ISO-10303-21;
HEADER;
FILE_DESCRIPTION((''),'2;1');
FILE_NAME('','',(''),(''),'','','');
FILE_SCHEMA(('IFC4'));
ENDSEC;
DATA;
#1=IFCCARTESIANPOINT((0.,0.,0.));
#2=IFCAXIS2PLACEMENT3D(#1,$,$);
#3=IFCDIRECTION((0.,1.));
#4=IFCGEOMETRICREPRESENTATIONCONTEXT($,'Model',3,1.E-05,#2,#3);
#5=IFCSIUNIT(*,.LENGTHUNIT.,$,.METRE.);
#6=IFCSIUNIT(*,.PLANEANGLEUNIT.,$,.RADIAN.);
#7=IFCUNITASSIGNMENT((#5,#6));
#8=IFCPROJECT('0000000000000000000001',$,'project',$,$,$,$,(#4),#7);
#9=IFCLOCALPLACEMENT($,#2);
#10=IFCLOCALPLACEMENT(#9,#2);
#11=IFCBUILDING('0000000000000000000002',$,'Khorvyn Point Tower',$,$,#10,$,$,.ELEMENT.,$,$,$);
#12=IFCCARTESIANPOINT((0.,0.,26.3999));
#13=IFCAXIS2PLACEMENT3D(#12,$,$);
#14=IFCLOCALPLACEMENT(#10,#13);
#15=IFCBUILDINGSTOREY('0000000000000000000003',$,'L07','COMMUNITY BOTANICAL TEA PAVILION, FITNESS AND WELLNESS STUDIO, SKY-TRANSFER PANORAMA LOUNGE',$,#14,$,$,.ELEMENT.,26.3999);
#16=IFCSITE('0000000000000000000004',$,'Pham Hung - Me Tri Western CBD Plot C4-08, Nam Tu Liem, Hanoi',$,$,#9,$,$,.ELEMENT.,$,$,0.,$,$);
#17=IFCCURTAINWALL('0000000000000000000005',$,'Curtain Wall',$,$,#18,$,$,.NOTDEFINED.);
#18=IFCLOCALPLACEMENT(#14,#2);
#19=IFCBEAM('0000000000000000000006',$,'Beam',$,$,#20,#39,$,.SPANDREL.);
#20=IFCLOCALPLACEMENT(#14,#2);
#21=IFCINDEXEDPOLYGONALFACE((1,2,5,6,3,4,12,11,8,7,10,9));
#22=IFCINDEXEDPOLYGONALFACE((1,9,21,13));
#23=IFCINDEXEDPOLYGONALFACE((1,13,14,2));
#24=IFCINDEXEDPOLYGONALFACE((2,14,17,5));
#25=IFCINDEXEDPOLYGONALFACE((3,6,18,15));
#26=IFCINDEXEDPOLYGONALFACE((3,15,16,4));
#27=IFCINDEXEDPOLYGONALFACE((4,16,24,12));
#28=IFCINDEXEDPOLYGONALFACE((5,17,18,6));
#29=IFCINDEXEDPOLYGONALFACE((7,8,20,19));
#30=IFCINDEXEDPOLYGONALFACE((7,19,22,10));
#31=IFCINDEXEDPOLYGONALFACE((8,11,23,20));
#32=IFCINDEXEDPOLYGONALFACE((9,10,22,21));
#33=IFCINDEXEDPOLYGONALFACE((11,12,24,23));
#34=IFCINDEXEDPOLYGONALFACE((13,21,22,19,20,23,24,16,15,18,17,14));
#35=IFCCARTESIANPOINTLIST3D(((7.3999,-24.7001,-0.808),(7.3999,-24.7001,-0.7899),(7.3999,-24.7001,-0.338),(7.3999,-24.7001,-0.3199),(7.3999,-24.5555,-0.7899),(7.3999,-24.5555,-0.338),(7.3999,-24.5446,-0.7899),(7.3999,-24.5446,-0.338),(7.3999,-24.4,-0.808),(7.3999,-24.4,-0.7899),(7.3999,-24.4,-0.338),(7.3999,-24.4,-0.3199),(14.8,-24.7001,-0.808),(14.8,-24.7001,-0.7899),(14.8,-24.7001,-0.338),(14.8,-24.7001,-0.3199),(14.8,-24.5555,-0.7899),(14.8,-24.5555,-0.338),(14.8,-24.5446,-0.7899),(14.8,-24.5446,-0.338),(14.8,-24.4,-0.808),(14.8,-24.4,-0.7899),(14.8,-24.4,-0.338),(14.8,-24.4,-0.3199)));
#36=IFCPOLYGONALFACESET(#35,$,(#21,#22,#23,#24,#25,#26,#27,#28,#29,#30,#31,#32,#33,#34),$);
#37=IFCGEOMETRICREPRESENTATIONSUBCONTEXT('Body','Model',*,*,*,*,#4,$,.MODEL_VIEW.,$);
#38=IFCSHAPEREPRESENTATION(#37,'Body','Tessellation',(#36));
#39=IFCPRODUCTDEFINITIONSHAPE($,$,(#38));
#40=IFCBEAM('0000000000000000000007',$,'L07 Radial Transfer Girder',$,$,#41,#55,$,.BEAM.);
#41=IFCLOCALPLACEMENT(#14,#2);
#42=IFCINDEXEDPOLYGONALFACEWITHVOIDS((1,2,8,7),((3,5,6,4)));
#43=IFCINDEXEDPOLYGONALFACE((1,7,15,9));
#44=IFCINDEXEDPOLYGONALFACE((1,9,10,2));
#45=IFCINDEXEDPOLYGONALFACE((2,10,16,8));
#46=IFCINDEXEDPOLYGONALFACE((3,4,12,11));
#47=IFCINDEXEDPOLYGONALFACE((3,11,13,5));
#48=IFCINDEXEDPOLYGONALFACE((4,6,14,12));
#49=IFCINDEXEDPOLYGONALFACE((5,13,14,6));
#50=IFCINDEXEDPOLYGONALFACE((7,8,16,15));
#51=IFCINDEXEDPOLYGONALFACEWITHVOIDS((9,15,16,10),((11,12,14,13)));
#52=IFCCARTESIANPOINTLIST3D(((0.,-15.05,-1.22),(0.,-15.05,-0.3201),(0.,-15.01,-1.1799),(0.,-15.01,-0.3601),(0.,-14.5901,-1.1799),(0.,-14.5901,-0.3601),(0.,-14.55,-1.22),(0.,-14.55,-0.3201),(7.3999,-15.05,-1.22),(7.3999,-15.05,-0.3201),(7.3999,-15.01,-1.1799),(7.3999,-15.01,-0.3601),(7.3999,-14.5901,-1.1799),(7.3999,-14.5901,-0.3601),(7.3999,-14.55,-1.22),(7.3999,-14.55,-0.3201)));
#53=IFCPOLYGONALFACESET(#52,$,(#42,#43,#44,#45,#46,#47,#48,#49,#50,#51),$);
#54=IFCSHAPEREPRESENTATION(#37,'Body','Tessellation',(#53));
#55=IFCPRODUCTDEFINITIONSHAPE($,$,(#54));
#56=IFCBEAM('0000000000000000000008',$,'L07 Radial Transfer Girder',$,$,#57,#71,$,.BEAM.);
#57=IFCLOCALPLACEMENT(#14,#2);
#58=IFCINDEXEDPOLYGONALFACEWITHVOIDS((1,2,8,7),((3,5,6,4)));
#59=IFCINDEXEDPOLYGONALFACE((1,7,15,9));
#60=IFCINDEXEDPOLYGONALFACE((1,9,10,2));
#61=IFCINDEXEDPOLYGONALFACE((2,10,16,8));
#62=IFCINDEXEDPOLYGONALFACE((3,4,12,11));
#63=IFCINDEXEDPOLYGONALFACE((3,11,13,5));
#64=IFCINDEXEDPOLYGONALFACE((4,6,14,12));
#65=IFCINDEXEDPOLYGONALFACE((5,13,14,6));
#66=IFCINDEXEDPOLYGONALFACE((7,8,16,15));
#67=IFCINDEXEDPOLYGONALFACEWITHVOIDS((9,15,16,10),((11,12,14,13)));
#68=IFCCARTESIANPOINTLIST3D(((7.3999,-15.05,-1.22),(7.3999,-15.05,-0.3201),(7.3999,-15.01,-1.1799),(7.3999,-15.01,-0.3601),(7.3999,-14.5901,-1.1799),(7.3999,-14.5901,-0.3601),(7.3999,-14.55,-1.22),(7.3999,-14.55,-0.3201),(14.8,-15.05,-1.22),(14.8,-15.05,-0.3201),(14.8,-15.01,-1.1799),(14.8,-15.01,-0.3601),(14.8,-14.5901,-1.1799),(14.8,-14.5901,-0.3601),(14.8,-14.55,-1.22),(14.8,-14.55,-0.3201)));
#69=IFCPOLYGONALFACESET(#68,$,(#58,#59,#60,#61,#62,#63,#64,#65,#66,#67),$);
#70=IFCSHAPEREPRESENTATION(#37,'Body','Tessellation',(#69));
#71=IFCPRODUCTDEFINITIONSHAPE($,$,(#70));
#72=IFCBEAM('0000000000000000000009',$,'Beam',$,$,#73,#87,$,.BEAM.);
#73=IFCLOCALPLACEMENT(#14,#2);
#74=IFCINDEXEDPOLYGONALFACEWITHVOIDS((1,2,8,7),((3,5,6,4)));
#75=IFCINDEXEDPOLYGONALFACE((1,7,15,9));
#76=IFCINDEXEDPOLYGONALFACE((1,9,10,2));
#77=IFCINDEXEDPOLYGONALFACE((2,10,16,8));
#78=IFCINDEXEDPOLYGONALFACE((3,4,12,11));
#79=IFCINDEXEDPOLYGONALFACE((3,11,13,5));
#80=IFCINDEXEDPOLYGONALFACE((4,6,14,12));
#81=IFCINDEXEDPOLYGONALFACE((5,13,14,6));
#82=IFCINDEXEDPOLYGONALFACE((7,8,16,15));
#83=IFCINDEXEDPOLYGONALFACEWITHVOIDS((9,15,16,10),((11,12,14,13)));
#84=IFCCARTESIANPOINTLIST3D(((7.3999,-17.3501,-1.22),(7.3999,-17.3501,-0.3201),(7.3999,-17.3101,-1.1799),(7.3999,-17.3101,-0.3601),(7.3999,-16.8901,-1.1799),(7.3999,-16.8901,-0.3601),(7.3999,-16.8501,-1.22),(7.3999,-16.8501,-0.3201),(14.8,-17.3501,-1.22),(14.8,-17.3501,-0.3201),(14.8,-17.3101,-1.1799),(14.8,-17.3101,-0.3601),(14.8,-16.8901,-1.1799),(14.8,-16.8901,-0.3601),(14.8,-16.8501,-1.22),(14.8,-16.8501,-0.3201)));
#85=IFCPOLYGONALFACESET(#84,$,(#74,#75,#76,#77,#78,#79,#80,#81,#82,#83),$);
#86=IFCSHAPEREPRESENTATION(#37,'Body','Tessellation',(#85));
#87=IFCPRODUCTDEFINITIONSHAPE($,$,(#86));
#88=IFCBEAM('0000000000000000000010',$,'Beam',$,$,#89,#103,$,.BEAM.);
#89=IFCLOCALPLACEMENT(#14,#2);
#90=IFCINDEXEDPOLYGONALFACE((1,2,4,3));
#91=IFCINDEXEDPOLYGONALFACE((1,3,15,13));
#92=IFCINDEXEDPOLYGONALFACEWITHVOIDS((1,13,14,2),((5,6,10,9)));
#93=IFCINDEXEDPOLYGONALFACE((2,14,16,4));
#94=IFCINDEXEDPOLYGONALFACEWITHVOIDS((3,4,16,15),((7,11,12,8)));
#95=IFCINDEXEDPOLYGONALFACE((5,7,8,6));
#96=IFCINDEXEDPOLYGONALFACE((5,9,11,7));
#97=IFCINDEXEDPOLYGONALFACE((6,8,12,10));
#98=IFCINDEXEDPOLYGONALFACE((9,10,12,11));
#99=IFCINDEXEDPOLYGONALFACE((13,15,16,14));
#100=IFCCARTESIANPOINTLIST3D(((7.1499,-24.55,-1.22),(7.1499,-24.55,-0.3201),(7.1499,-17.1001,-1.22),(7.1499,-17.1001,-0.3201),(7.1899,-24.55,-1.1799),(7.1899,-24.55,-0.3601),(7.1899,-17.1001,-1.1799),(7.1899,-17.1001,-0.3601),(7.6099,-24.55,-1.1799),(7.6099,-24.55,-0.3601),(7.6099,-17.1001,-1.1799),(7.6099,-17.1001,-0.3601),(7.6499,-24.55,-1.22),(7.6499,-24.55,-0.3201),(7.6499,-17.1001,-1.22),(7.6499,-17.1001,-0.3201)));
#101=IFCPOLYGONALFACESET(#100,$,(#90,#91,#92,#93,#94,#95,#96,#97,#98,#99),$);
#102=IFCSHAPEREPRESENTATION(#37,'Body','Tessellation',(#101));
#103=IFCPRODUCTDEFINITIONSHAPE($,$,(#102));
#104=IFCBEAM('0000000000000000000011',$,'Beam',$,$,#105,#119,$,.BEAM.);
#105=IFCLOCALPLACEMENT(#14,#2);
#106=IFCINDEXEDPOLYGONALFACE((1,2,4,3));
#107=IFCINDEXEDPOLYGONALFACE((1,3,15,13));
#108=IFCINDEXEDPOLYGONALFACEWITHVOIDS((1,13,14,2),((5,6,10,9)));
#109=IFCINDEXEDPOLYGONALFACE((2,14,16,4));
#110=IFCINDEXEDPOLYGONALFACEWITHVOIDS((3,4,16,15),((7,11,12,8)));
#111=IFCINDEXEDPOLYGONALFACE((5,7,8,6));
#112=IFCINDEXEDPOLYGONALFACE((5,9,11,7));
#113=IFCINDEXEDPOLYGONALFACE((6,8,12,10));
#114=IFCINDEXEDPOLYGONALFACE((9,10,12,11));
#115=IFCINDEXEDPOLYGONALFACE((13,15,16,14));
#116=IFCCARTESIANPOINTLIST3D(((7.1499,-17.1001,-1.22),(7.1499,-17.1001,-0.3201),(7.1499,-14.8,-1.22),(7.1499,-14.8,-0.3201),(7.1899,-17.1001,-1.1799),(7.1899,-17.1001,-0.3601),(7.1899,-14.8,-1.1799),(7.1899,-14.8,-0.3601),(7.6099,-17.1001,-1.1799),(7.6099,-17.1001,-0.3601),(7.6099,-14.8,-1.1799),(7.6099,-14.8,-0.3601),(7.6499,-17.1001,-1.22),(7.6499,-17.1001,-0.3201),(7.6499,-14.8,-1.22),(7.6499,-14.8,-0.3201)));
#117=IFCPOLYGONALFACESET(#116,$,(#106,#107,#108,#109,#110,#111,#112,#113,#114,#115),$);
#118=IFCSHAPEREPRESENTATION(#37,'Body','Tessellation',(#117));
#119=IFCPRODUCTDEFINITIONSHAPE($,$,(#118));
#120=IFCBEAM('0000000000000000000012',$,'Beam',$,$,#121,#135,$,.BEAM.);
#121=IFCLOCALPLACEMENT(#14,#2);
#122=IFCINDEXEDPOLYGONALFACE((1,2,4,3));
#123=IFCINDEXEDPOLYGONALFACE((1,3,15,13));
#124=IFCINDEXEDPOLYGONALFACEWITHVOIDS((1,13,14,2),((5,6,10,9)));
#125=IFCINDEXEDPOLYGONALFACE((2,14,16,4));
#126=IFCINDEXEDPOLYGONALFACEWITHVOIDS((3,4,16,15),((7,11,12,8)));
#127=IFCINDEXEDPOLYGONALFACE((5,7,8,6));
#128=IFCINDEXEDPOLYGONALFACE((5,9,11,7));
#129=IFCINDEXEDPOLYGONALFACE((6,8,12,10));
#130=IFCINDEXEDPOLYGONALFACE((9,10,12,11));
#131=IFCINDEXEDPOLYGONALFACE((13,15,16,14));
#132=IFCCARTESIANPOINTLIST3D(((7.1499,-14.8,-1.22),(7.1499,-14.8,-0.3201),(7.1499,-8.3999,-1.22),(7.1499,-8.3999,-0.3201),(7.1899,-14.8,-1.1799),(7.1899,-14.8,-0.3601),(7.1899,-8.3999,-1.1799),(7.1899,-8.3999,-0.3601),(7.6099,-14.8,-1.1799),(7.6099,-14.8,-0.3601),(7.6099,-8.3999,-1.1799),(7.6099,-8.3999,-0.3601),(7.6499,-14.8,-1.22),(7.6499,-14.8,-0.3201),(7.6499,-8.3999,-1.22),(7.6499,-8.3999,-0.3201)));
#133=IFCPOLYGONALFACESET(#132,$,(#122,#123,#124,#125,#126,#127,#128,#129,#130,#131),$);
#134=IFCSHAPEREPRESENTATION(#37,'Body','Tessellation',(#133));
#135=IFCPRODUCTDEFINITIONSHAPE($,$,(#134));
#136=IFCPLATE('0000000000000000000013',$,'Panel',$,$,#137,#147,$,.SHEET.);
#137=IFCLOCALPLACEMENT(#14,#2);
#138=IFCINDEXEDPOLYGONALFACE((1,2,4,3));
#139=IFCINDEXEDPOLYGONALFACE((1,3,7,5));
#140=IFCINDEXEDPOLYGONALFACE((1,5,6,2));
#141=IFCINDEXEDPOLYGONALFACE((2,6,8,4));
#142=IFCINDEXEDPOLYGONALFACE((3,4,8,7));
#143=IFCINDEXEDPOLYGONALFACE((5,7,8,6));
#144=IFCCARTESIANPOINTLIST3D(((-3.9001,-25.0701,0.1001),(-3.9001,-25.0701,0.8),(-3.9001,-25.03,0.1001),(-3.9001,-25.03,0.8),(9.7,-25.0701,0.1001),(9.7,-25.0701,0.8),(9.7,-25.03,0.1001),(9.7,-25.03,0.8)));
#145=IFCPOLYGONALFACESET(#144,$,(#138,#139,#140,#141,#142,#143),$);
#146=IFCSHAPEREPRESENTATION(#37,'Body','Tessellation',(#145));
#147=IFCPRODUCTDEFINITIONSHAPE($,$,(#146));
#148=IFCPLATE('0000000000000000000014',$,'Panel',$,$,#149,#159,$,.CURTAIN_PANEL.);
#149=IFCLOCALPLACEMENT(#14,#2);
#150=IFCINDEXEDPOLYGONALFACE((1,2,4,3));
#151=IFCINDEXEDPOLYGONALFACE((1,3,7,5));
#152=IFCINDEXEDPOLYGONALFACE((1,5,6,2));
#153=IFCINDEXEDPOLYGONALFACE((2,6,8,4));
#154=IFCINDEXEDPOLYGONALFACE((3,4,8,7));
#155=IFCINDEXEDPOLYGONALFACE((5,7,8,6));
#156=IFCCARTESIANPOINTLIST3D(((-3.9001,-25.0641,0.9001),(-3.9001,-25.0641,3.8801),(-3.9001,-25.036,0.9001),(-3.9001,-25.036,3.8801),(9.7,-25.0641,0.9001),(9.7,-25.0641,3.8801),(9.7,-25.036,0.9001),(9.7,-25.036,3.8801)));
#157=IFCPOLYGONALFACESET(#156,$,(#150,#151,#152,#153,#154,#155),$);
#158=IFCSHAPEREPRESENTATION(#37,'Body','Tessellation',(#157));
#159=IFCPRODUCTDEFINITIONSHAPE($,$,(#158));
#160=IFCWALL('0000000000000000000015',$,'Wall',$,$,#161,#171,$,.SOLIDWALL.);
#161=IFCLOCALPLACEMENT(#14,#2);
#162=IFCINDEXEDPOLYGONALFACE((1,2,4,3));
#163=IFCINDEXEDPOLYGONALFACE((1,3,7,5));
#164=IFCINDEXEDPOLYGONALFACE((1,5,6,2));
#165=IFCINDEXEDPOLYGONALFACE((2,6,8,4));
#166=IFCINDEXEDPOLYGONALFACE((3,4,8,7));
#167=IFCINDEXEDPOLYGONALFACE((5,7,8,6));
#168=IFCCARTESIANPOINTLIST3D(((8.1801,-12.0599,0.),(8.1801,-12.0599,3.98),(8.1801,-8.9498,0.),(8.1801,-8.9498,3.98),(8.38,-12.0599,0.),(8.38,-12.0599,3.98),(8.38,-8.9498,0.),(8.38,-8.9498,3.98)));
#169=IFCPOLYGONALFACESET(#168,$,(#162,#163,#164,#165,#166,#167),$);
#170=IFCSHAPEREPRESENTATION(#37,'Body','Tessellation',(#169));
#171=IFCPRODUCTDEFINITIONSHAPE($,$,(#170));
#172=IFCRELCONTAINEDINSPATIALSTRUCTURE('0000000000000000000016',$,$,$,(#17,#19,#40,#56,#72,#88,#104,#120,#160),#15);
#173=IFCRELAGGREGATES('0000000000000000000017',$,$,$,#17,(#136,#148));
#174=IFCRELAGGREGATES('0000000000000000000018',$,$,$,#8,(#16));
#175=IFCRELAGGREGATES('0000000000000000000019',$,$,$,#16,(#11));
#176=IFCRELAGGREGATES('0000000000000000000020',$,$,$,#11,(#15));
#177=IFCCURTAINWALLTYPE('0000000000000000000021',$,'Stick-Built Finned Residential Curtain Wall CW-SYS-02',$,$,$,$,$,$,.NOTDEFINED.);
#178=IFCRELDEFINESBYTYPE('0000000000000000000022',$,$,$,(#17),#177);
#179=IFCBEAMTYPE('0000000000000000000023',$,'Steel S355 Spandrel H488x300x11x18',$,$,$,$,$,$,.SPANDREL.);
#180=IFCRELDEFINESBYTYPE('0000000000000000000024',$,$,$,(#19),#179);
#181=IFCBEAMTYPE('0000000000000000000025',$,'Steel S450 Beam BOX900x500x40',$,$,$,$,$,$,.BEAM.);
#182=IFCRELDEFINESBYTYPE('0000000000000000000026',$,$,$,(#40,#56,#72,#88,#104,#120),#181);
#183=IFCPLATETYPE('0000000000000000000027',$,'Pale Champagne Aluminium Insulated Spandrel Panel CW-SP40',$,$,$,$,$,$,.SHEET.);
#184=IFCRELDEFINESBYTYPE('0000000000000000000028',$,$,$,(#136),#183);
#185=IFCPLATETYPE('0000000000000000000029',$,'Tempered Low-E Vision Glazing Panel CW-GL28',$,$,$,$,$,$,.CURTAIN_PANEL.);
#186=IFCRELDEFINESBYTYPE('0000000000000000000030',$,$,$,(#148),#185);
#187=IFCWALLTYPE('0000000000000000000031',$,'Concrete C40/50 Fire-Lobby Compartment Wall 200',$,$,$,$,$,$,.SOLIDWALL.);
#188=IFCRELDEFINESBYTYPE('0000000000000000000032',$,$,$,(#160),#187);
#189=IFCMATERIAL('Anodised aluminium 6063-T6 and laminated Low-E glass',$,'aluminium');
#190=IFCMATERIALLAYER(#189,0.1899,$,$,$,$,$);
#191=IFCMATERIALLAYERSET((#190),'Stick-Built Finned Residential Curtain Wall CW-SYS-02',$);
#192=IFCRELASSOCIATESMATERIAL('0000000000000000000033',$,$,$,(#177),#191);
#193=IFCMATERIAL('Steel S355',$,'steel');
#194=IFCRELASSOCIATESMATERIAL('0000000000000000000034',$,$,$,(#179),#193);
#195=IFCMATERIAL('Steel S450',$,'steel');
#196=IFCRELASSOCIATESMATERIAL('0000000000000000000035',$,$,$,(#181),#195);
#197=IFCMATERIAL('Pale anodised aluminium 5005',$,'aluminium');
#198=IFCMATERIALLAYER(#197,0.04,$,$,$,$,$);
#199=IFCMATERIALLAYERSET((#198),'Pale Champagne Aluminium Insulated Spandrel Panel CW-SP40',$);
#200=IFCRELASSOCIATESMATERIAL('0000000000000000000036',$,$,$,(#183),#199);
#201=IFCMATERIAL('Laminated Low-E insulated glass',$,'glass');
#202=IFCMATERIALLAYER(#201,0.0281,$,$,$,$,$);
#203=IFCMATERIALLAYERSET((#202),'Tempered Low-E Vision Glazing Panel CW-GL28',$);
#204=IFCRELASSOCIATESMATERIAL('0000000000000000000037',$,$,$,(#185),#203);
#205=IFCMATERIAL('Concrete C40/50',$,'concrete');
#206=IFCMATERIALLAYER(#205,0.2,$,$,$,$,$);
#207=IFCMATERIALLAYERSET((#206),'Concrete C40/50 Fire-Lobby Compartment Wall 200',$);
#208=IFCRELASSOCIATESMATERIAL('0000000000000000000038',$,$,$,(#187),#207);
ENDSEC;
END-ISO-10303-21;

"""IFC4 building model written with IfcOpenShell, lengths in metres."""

from ifc_helpers import new_model, si_unit, direction, frame, frame_2d, origin, origin_2d, place, context, subcontext, project, spatial, rectangle, hollow_rectangle, i_section, extrude, material, layer, layer_set, material_profile, profile_set, type_object, element, aggregate, save


model = new_model("IFC4")

# Units and contexts
model_context = context("Model", 3, precision=1e-05, world=origin(), true_north=direction((0.0, 1.0)))
body_context = subcontext(model_context, "Body", "Model", "MODEL_VIEW")
ifc_project = project(units=[si_unit("LENGTHUNIT", "METRE"), si_unit("PLANEANGLEUNIT", "RADIAN")], contexts=[model_context])

# Site, building, storey
site_placement = place(None, origin())
site = spatial("IfcSite", under=ifc_project, at=site_placement, Name="Pham Hung - Me Tri Western CBD Plot C4-08, Nam Tu Liem, Hanoi", CompositionType="ELEMENT", RefElevation=0.0)
building_placement = place(site_placement, origin())
building = spatial("IfcBuilding", under=site, at=building_placement, Name="Khorvyn Point Tower", CompositionType="ELEMENT")
storey_placement = place(building_placement, frame((0.0, 0.0, 26.3999)))
storey = spatial("IfcBuildingStorey", under=building, at=storey_placement, Name="L07", Description="COMMUNITY BOTANICAL TEA PAVILION, FITNESS AND WELLNESS STUDIO, SKY-TRANSFER PANORAMA LOUNGE", CompositionType="ELEMENT", Elevation=26.3999)

# Shared definitions
ifc_material_1 = material(Name="Steel S450", Category="steel")

# Curtain wall
ifc_material_2 = material(Name="Anodised aluminium 6063-T6 and laminated Low-E glass", Category="aluminium")
ifc_layer_1 = layer(ifc_material_2, 0.1899)
ifc_layer_set_1 = layer_set([ifc_layer_1], Name="Stick-Built Finned Residential Curtain Wall CW-SYS-02")
curtain_wall_type = type_object("IfcCurtainWallType", Name="Stick-Built Finned Residential Curtain Wall CW-SYS-02", PredefinedType="NOTDEFINED", material=ifc_layer_set_1)
curtain_wall_placement = place(storey_placement, origin())
curtain_wall = element("IfcCurtainWall", 1, at=curtain_wall_placement, inside=storey, type_object=curtain_wall_type, Name="Curtain Wall", PredefinedType="NOTDEFINED")

# Beams
ifc_material_3 = material(Name="Steel S355", Category="steel")
ifc_material_profile_1 = material_profile(ifc_material_3, i_section(OverallWidth=0.3, OverallDepth=0.488, WebThickness=0.011, FlangeThickness=0.0181, at=origin_2d()))
ifc_profile_set_1 = profile_set([ifc_material_profile_1], Name="Steel S355 H488x300x11x18")
beam_type_1 = type_object("IfcBeamType", Name="Steel S355 Spandrel H488x300x11x18", PredefinedType="SPANDREL", material=ifc_profile_set_1)
beam_1_placement = place(storey_placement, frame((7.3999, -24.55, -0.564), z_axis=(1.0, 0.0, 0.0), x_axis=(0.0, 1.0, 0.0)))
element("IfcBeam", 2, at=beam_1_placement, inside=storey, type_object=beam_type_1, Name="Beam", PredefinedType="SPANDREL", context=body_context, shape_type="SweptSolid", body=[
    extrude(i_section(OverallWidth=0.3, OverallDepth=0.488, WebThickness=0.011, FlangeThickness=0.0181, at=origin_2d()), origin(), (0.0, 0.0, 1.0), 7.4001),
])
ifc_material_profile_2 = material_profile(ifc_material_1, hollow_rectangle(XDim=0.5, YDim=0.8999, WallThickness=0.04, at=origin_2d()))
ifc_profile_set_2 = profile_set([ifc_material_profile_2], Name="Steel S450 BOX900x500x40")
beam_type_2 = type_object("IfcBeamType", Name="Steel S450 Beam BOX900x500x40", PredefinedType="BEAM", material=ifc_profile_set_2)
beam_2_placement = place(storey_placement, frame((0.0, -14.8, -0.77), z_axis=(1.0, 0.0, 0.0), x_axis=(0.0, 1.0, 0.0)))
element("IfcBeam", 3, at=beam_2_placement, inside=storey, type_object=beam_type_2, Name="L07 Radial Transfer Girder", PredefinedType="BEAM", context=body_context, shape_type="SweptSolid", body=[
    extrude(hollow_rectangle(XDim=0.5, YDim=0.8999, WallThickness=0.04, at=origin_2d()), origin(), (0.0, 0.0, 1.0), 7.3999),
])
for number, where, z_axis, x_axis, name in (
    (4, (7.3999, -14.8, -0.77), (1.0, 0.0, 0.0), (0.0, 1.0, 0.0), "L07 Radial Transfer Girder"),
    (5, (7.3999, -17.1001, -0.77), (1.0, 0.0, 0.0), (0.0, 1.0, 0.0), "Beam"),
):
    element("IfcBeam", number, at=place(storey_placement, frame(where, z_axis=z_axis, x_axis=x_axis)), inside=storey, type_object=beam_type_2, Name=name, PredefinedType="BEAM", context=body_context, shape_type="SweptSolid", body=[
        extrude(hollow_rectangle(XDim=0.5, YDim=0.8999, WallThickness=0.04, at=origin_2d()), origin(), (0.0, 0.0, 1.0), 7.4001),
    ])
beam_3_placement = place(storey_placement, frame((7.3999, -24.55, -0.77), z_axis=(0.0, 1.0, 0.0), x_axis=(-1.0, 0.0, 0.0)))
element("IfcBeam", 6, at=beam_3_placement, inside=storey, type_object=beam_type_2, Name="Beam", PredefinedType="BEAM", context=body_context, shape_type="SweptSolid", body=[
    extrude(hollow_rectangle(XDim=0.5, YDim=0.8999, WallThickness=0.04, at=origin_2d()), origin(), (0.0, 0.0, 1.0), 7.45),
])
beam_4_placement = place(storey_placement, frame((7.3999, -17.1001, -0.77), z_axis=(0.0, 1.0, 0.0), x_axis=(-1.0, 0.0, 0.0)))
element("IfcBeam", 7, at=beam_4_placement, inside=storey, type_object=beam_type_2, Name="Beam", PredefinedType="BEAM", context=body_context, shape_type="SweptSolid", body=[
    extrude(hollow_rectangle(XDim=0.5, YDim=0.8999, WallThickness=0.04, at=origin_2d()), origin(), (0.0, 0.0, 1.0), 2.3),
])
beam_5_placement = place(storey_placement, frame((7.3999, -14.8, -0.77), z_axis=(0.0, 1.0, 0.0), x_axis=(-1.0, 0.0, 0.0)))
element("IfcBeam", 8, at=beam_5_placement, inside=storey, type_object=beam_type_2, Name="Beam", PredefinedType="BEAM", context=body_context, shape_type="SweptSolid", body=[
    extrude(hollow_rectangle(XDim=0.5, YDim=0.8999, WallThickness=0.04, at=origin_2d()), origin(), (0.0, 0.0, 1.0), 6.4001),
])

# Plates
ifc_material_4 = material(Name="Pale anodised aluminium 5005", Category="aluminium")
ifc_layer_2 = layer(ifc_material_4, 0.04)
ifc_layer_set_2 = layer_set([ifc_layer_2], Name="Pale Champagne Aluminium Insulated Spandrel Panel CW-SP40")
plate_type_1 = type_object("IfcPlateType", Name="Pale Champagne Aluminium Insulated Spandrel Panel CW-SP40", PredefinedType="SHEET", material=ifc_layer_set_2)
plate_1_placement = place(storey_placement, frame((2.8999, -25.05, 0.1001), z_axis=(0.0, 0.0, 1.0), x_axis=(-1.0, 0.0, 0.0)))
plate_1 = element("IfcPlate", 9, at=plate_1_placement, type_object=plate_type_1, Name="Panel", PredefinedType="SHEET", context=body_context, shape_type="SweptSolid", body=[
    extrude(rectangle(XDim=13.6001, YDim=0.04, at=origin_2d()), origin(), (0.0, 0.0, 1.0), 0.7),
])
ifc_material_5 = material(Name="Laminated Low-E insulated glass", Category="glass")
ifc_layer_3 = layer(ifc_material_5, 0.0281)
ifc_layer_set_3 = layer_set([ifc_layer_3], Name="Tempered Low-E Vision Glazing Panel CW-GL28")
plate_type_2 = type_object("IfcPlateType", Name="Tempered Low-E Vision Glazing Panel CW-GL28", PredefinedType="CURTAIN_PANEL", material=ifc_layer_set_3)
plate_2_placement = place(storey_placement, frame((2.8999, -25.05, 0.9001), z_axis=(0.0, 0.0, 1.0), x_axis=(-1.0, 0.0, 0.0)))
plate_2 = element("IfcPlate", 10, at=plate_2_placement, type_object=plate_type_2, Name="Panel", PredefinedType="CURTAIN_PANEL", context=body_context, shape_type="SweptSolid", body=[
    extrude(rectangle(XDim=13.6001, YDim=0.0281, at=origin_2d()), origin(), (0.0, 0.0, 1.0), 2.98),
])
aggregate(curtain_wall, [plate_1, plate_2])

# Shared definitions
ifc_material_6 = material(Name="Concrete C40/50", Category="concrete")
ifc_layer_4 = layer(ifc_material_6, 0.2)
ifc_layer_set_4 = layer_set([ifc_layer_4], Name="Concrete C40/50 Fire-Lobby Compartment Wall 200")
wall_type_1 = type_object("IfcWallType", Name="Concrete C40/50 Fire-Lobby Compartment Wall 200", PredefinedType="SOLIDWALL", material=ifc_layer_set_4)

# Wall
wall_1_placement = place(storey_placement, frame((8.28, -12.0601, 0.0), z_axis=(0.0, 0.0, 1.0), x_axis=(0.0, 1.0, 0.0)))
element("IfcWall", 11, at=wall_1_placement, inside=storey, type_object=wall_type_1, Name="Wall", PredefinedType="SOLIDWALL", context=body_context, shape_type="SweptSolid", body=[
    extrude(rectangle(XDim=3.1101, YDim=0.2, at=frame_2d((1.5552, 0.0))), origin(), (0.0, 0.0, 1.0), 3.98),
])

save(model, "model.ifc")
